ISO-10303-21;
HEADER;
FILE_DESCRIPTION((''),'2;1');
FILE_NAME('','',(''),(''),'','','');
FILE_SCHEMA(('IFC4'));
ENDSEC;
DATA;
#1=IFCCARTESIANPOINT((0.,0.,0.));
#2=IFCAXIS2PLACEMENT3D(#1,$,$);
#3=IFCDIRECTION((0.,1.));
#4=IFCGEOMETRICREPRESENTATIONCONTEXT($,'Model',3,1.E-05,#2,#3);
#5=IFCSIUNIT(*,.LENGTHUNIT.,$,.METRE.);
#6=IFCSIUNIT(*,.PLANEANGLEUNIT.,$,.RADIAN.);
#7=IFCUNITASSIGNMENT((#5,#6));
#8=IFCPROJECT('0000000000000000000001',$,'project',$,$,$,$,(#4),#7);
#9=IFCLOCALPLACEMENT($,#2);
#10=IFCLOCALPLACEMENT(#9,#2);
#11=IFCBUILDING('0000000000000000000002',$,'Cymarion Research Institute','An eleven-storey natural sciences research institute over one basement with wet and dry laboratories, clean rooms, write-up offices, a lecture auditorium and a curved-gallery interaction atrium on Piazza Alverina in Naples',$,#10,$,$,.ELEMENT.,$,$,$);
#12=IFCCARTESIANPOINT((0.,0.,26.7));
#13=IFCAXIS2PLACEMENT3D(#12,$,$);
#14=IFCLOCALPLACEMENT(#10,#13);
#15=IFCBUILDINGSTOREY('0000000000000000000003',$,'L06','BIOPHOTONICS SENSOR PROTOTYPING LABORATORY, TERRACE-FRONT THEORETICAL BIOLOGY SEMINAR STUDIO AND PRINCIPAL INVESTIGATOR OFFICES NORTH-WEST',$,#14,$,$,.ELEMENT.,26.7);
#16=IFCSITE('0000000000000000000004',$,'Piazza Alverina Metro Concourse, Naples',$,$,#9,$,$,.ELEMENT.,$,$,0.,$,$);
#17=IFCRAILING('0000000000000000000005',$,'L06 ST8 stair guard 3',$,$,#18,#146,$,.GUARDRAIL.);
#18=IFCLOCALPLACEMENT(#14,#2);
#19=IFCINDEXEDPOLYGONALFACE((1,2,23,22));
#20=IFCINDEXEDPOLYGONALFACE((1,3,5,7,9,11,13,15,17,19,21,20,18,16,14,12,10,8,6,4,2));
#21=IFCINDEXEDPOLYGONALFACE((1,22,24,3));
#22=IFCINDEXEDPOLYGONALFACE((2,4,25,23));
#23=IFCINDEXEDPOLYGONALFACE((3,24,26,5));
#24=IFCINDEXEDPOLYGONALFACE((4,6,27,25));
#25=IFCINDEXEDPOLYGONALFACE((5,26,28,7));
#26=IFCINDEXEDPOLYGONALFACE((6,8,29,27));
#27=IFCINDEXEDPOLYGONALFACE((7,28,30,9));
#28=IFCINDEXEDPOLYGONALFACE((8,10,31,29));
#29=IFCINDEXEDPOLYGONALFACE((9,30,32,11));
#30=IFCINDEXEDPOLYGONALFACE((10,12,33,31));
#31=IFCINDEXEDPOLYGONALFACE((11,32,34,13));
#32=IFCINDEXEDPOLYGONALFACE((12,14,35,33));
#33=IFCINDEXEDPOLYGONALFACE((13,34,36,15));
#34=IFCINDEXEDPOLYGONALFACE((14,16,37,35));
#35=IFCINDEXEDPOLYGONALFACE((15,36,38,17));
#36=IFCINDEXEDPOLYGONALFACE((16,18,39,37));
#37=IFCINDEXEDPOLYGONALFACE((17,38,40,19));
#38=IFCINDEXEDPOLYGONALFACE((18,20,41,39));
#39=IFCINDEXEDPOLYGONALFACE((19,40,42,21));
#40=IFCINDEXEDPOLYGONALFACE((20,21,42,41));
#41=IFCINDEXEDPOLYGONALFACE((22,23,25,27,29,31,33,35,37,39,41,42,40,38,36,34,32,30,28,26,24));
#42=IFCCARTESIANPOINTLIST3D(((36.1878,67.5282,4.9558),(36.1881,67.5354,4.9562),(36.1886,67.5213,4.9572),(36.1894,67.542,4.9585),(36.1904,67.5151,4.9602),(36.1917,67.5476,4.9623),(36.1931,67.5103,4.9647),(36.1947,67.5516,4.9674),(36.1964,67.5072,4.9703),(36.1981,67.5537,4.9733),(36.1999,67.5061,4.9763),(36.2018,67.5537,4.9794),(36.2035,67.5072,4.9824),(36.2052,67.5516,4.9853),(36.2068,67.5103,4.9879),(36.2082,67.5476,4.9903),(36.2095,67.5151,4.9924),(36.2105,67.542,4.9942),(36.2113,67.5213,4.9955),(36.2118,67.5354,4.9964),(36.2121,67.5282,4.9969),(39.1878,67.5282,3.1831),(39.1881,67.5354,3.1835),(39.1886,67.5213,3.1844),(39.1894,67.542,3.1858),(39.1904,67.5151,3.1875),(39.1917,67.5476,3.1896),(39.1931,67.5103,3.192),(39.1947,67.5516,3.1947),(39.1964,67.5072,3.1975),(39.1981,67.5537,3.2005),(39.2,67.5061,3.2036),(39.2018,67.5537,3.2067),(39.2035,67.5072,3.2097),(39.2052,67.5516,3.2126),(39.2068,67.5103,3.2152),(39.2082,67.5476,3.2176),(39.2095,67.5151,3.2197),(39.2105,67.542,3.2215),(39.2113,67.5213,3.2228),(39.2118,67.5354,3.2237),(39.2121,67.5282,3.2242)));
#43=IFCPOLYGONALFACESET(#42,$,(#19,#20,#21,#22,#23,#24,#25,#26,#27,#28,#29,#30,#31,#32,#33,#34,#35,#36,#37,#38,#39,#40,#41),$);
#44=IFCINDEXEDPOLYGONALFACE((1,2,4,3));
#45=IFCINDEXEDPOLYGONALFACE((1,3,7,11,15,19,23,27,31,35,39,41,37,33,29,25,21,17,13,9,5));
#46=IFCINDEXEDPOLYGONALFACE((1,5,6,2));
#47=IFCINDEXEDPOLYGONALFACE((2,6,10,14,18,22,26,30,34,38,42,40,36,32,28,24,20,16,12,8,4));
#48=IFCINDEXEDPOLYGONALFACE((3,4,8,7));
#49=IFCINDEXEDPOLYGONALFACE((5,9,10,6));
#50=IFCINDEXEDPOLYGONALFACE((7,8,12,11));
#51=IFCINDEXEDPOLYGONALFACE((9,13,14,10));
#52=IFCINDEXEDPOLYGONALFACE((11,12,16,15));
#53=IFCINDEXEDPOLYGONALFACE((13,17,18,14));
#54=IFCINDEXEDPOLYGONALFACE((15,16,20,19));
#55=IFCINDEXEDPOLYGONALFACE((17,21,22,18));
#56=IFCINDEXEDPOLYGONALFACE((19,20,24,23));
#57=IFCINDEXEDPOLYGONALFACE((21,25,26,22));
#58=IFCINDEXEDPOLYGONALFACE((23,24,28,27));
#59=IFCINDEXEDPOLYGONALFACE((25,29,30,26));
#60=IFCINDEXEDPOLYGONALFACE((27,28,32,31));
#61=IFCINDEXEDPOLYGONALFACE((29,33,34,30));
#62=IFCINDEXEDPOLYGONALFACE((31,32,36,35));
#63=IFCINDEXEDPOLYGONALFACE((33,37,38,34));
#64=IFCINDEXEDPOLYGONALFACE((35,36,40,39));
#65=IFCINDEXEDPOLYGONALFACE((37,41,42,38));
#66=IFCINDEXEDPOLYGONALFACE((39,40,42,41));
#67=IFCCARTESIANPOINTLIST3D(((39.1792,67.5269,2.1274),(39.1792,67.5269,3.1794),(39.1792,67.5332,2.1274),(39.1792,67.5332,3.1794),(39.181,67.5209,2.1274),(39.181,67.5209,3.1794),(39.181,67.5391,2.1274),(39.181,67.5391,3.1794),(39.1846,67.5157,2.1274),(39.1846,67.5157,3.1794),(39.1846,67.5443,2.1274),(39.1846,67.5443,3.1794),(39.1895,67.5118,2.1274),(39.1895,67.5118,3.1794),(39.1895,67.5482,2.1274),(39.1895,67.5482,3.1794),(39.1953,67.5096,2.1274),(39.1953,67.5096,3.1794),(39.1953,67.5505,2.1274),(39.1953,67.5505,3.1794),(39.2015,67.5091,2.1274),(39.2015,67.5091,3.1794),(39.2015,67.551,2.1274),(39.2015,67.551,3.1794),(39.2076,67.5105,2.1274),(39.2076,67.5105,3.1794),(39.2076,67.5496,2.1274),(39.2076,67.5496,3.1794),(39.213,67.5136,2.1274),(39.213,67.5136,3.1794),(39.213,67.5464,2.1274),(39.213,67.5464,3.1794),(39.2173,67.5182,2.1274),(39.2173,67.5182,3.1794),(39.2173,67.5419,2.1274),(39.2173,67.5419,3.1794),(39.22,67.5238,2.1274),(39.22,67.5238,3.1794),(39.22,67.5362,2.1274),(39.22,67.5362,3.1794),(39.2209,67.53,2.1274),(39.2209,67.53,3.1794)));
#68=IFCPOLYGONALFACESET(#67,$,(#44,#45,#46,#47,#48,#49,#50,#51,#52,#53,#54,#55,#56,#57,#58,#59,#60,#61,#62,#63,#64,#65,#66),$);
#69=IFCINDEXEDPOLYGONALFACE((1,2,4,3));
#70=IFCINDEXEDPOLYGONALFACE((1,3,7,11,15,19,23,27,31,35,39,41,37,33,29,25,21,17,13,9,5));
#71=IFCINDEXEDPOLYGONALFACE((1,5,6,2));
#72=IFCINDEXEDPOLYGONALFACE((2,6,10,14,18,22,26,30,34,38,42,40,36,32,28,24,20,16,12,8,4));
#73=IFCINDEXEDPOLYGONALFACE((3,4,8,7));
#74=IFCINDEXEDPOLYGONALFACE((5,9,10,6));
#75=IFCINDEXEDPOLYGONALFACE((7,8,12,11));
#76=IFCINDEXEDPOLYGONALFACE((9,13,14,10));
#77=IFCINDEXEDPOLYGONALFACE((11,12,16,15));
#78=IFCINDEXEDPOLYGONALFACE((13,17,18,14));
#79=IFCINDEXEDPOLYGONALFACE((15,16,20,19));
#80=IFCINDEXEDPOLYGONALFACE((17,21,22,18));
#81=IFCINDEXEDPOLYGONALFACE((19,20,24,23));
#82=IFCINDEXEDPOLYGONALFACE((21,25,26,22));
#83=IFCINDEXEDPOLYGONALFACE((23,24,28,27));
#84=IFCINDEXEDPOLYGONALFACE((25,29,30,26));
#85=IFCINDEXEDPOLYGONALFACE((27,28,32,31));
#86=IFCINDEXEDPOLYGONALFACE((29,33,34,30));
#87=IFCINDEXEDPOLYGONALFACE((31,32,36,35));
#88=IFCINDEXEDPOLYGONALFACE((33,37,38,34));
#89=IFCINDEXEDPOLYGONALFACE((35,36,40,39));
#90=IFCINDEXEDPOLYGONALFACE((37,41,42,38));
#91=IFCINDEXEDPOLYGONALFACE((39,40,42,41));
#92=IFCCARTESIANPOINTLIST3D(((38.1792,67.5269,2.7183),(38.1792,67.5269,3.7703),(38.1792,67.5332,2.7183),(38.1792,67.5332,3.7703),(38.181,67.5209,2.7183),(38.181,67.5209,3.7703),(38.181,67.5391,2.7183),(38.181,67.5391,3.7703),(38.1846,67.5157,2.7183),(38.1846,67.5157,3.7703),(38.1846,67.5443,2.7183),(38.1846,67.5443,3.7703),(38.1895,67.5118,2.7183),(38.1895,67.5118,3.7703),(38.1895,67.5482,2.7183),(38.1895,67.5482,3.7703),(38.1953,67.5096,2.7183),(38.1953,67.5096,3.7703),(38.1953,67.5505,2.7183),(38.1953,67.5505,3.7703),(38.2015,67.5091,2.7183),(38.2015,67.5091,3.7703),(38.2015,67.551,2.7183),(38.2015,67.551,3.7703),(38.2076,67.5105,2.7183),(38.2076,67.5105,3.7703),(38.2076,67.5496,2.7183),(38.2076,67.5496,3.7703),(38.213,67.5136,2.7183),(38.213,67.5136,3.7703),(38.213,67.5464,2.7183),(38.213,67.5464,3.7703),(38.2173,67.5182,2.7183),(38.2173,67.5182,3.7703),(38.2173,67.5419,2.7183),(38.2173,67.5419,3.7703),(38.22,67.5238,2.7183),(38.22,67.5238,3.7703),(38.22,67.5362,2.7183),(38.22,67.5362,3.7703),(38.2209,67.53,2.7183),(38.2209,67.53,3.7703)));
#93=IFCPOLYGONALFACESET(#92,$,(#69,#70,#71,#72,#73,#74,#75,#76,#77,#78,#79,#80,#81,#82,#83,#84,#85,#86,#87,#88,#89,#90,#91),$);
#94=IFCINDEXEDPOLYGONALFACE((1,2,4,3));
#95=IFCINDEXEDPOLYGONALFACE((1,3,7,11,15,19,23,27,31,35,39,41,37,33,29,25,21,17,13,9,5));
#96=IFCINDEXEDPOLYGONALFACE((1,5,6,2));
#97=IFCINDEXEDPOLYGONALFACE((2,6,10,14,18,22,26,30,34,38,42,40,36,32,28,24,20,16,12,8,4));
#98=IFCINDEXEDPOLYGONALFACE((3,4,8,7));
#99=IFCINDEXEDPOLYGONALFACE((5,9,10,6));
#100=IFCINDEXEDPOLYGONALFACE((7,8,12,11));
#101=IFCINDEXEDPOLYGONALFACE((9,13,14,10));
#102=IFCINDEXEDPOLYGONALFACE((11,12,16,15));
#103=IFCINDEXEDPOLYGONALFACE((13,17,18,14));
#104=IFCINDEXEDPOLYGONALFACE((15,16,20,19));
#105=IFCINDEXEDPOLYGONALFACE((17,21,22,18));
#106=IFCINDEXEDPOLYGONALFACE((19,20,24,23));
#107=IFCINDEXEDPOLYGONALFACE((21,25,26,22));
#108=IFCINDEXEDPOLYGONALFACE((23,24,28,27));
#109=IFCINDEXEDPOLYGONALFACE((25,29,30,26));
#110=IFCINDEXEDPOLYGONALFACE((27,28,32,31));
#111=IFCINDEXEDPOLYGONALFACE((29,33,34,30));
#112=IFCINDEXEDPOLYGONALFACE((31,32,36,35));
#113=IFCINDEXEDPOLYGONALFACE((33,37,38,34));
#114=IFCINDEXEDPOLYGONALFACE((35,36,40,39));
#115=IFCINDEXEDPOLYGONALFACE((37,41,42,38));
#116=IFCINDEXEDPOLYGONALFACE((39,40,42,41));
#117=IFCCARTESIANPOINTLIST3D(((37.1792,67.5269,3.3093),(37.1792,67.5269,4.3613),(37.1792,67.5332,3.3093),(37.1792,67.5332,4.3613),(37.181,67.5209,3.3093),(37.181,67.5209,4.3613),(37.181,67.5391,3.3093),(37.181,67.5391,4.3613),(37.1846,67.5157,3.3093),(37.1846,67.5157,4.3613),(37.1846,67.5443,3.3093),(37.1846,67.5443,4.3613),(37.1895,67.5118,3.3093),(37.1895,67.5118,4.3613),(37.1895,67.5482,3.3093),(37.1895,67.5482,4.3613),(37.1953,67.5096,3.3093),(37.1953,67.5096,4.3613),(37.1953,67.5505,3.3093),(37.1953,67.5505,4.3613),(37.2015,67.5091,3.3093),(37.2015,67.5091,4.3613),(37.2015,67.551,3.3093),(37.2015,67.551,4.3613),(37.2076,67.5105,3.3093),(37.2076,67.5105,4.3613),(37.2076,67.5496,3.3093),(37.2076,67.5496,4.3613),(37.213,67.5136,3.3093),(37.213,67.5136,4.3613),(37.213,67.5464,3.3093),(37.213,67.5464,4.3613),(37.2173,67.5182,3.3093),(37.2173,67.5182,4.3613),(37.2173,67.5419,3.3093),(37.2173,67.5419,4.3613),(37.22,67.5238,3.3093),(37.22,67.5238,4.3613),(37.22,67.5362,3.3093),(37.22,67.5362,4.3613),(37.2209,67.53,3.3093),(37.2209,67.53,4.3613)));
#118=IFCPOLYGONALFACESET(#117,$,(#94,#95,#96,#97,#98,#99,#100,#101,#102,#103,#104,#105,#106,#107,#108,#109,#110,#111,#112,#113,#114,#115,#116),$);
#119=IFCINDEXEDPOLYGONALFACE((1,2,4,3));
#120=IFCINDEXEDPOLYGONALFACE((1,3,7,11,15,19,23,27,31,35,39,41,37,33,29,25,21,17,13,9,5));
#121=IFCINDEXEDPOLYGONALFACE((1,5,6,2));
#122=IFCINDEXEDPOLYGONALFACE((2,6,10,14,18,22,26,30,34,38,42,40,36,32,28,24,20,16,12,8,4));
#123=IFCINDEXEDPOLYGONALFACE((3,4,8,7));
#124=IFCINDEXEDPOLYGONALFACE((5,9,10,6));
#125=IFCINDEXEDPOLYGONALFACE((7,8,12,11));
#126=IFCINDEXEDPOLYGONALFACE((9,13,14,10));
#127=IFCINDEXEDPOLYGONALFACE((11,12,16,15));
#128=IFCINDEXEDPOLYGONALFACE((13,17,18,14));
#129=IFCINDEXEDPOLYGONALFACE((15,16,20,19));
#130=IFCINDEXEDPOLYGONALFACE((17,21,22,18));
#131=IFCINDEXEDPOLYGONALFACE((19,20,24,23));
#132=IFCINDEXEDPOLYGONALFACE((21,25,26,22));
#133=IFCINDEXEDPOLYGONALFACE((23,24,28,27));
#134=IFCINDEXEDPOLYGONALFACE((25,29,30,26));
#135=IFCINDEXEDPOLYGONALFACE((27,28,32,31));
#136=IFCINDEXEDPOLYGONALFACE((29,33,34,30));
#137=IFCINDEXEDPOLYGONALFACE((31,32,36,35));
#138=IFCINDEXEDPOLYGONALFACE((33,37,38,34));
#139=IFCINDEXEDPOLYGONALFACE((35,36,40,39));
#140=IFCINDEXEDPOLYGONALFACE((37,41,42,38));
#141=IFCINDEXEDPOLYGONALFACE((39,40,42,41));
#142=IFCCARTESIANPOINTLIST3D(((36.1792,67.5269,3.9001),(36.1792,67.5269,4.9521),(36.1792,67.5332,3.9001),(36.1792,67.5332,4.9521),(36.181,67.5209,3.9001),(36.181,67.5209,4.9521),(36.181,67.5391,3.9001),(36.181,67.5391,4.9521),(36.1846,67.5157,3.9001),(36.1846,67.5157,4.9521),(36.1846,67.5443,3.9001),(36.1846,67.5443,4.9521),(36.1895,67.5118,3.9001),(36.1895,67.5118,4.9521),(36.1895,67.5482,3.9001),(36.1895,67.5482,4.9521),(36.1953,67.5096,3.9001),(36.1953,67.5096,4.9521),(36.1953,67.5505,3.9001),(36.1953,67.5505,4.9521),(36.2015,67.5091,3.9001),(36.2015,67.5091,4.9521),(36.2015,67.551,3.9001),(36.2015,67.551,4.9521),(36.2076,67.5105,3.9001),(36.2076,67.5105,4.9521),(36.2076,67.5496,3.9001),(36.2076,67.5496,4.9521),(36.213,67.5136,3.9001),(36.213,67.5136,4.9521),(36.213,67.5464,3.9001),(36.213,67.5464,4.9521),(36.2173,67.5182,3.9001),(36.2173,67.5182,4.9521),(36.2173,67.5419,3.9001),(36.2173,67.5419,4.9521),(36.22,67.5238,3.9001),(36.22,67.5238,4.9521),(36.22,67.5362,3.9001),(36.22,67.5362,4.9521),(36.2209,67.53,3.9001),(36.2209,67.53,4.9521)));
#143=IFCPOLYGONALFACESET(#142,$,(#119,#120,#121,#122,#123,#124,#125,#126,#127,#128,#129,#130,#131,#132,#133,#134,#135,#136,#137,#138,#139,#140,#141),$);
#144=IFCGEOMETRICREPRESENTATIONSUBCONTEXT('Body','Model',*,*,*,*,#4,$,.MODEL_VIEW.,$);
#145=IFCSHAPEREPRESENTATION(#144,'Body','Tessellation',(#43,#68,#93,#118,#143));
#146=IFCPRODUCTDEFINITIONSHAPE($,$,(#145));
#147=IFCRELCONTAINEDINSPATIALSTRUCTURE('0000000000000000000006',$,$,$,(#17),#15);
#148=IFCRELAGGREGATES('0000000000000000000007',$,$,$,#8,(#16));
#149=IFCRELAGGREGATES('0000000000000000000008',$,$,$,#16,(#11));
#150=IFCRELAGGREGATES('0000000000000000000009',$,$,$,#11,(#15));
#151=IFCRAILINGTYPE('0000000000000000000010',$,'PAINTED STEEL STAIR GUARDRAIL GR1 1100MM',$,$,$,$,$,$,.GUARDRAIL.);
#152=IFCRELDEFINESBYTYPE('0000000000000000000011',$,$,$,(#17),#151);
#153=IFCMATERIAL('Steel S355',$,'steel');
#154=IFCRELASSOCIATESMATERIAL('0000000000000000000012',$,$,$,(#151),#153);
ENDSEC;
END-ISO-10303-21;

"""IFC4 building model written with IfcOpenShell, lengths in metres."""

from ifc_helpers import new_model, si_unit, direction, frame, origin, origin_2d, place, context, subcontext, project, spatial, circle, extrude, material, type_object, element, save


model = new_model("IFC4")

# Units and contexts
model_context = context("Model", 3, precision=1e-05, world=origin(), true_north=direction((0.0, 1.0)))
body_context = subcontext(model_context, "Body", "Model", "MODEL_VIEW")
ifc_project = project(units=[si_unit("LENGTHUNIT", "METRE"), si_unit("PLANEANGLEUNIT", "RADIAN")], contexts=[model_context])

# Site, building, storey
site_placement = place(None, origin())
site = spatial("IfcSite", under=ifc_project, at=site_placement, Name="Piazza Alverina Metro Concourse, Naples", CompositionType="ELEMENT", RefElevation=0.0)
building_placement = place(site_placement, origin())
building = spatial("IfcBuilding", under=site, at=building_placement, Name="Cymarion Research Institute", Description="An eleven-storey natural sciences research institute over one basement with wet and dry laboratories, clean rooms, write-up offices, a lecture auditorium and a curved-gallery interaction atrium on Piazza Alverina in Naples", CompositionType="ELEMENT")
storey_placement = place(building_placement, frame((0.0, 0.0, 26.7)))
storey = spatial("IfcBuildingStorey", under=building, at=storey_placement, Name="L06", Description="BIOPHOTONICS SENSOR PROTOTYPING LABORATORY, TERRACE-FRONT THEORETICAL BIOLOGY SEMINAR STUDIO AND PRINCIPAL INVESTIGATOR OFFICES NORTH-WEST", CompositionType="ELEMENT", Elevation=26.7)

# Railing
ifc_material_1 = material(Name="Steel S355", Category="steel")
railing_type_1 = type_object("IfcRailingType", Name="PAINTED STEEL STAIR GUARDRAIL GR1 1100MM", PredefinedType="GUARDRAIL", material=ifc_material_1)
railing_1_placement = place(storey_placement, frame((39.2, 67.53, 2.1274)))
element("IfcRailing", 1, at=railing_1_placement, inside=storey, type_object=railing_type_1, Name="L06 ST8 stair guard 3", PredefinedType="GUARDRAIL", context=body_context, shape_type="SweptSolid", body=[
    extrude(circle(Radius=0.0239, at=origin_2d()), frame((0.0, 0.0, 1.0762), z_axis=(-0.860929, 0.0, 0.508725), x_axis=(0.0, -1.0, 0.0)), (0.0, 0.0, 1.0), 3.4846),
    extrude(circle(Radius=0.021, at=origin_2d()), origin(), (0.0, 0.0, 1.0), 1.052),
    extrude(circle(Radius=0.021, at=origin_2d()), frame((-1.0, 0.0, 0.5908)), (0.0, 0.0, 1.0), 1.052),
    extrude(circle(Radius=0.021, at=origin_2d()), frame((-2.0, 0.0, 1.1819)), (0.0, 0.0, 1.0), 1.052),
    extrude(circle(Radius=0.021, at=origin_2d()), frame((-3.0, 0.0, 1.7727)), (0.0, 0.0, 1.0), 1.052),
])

save(model, "model.ifc")
